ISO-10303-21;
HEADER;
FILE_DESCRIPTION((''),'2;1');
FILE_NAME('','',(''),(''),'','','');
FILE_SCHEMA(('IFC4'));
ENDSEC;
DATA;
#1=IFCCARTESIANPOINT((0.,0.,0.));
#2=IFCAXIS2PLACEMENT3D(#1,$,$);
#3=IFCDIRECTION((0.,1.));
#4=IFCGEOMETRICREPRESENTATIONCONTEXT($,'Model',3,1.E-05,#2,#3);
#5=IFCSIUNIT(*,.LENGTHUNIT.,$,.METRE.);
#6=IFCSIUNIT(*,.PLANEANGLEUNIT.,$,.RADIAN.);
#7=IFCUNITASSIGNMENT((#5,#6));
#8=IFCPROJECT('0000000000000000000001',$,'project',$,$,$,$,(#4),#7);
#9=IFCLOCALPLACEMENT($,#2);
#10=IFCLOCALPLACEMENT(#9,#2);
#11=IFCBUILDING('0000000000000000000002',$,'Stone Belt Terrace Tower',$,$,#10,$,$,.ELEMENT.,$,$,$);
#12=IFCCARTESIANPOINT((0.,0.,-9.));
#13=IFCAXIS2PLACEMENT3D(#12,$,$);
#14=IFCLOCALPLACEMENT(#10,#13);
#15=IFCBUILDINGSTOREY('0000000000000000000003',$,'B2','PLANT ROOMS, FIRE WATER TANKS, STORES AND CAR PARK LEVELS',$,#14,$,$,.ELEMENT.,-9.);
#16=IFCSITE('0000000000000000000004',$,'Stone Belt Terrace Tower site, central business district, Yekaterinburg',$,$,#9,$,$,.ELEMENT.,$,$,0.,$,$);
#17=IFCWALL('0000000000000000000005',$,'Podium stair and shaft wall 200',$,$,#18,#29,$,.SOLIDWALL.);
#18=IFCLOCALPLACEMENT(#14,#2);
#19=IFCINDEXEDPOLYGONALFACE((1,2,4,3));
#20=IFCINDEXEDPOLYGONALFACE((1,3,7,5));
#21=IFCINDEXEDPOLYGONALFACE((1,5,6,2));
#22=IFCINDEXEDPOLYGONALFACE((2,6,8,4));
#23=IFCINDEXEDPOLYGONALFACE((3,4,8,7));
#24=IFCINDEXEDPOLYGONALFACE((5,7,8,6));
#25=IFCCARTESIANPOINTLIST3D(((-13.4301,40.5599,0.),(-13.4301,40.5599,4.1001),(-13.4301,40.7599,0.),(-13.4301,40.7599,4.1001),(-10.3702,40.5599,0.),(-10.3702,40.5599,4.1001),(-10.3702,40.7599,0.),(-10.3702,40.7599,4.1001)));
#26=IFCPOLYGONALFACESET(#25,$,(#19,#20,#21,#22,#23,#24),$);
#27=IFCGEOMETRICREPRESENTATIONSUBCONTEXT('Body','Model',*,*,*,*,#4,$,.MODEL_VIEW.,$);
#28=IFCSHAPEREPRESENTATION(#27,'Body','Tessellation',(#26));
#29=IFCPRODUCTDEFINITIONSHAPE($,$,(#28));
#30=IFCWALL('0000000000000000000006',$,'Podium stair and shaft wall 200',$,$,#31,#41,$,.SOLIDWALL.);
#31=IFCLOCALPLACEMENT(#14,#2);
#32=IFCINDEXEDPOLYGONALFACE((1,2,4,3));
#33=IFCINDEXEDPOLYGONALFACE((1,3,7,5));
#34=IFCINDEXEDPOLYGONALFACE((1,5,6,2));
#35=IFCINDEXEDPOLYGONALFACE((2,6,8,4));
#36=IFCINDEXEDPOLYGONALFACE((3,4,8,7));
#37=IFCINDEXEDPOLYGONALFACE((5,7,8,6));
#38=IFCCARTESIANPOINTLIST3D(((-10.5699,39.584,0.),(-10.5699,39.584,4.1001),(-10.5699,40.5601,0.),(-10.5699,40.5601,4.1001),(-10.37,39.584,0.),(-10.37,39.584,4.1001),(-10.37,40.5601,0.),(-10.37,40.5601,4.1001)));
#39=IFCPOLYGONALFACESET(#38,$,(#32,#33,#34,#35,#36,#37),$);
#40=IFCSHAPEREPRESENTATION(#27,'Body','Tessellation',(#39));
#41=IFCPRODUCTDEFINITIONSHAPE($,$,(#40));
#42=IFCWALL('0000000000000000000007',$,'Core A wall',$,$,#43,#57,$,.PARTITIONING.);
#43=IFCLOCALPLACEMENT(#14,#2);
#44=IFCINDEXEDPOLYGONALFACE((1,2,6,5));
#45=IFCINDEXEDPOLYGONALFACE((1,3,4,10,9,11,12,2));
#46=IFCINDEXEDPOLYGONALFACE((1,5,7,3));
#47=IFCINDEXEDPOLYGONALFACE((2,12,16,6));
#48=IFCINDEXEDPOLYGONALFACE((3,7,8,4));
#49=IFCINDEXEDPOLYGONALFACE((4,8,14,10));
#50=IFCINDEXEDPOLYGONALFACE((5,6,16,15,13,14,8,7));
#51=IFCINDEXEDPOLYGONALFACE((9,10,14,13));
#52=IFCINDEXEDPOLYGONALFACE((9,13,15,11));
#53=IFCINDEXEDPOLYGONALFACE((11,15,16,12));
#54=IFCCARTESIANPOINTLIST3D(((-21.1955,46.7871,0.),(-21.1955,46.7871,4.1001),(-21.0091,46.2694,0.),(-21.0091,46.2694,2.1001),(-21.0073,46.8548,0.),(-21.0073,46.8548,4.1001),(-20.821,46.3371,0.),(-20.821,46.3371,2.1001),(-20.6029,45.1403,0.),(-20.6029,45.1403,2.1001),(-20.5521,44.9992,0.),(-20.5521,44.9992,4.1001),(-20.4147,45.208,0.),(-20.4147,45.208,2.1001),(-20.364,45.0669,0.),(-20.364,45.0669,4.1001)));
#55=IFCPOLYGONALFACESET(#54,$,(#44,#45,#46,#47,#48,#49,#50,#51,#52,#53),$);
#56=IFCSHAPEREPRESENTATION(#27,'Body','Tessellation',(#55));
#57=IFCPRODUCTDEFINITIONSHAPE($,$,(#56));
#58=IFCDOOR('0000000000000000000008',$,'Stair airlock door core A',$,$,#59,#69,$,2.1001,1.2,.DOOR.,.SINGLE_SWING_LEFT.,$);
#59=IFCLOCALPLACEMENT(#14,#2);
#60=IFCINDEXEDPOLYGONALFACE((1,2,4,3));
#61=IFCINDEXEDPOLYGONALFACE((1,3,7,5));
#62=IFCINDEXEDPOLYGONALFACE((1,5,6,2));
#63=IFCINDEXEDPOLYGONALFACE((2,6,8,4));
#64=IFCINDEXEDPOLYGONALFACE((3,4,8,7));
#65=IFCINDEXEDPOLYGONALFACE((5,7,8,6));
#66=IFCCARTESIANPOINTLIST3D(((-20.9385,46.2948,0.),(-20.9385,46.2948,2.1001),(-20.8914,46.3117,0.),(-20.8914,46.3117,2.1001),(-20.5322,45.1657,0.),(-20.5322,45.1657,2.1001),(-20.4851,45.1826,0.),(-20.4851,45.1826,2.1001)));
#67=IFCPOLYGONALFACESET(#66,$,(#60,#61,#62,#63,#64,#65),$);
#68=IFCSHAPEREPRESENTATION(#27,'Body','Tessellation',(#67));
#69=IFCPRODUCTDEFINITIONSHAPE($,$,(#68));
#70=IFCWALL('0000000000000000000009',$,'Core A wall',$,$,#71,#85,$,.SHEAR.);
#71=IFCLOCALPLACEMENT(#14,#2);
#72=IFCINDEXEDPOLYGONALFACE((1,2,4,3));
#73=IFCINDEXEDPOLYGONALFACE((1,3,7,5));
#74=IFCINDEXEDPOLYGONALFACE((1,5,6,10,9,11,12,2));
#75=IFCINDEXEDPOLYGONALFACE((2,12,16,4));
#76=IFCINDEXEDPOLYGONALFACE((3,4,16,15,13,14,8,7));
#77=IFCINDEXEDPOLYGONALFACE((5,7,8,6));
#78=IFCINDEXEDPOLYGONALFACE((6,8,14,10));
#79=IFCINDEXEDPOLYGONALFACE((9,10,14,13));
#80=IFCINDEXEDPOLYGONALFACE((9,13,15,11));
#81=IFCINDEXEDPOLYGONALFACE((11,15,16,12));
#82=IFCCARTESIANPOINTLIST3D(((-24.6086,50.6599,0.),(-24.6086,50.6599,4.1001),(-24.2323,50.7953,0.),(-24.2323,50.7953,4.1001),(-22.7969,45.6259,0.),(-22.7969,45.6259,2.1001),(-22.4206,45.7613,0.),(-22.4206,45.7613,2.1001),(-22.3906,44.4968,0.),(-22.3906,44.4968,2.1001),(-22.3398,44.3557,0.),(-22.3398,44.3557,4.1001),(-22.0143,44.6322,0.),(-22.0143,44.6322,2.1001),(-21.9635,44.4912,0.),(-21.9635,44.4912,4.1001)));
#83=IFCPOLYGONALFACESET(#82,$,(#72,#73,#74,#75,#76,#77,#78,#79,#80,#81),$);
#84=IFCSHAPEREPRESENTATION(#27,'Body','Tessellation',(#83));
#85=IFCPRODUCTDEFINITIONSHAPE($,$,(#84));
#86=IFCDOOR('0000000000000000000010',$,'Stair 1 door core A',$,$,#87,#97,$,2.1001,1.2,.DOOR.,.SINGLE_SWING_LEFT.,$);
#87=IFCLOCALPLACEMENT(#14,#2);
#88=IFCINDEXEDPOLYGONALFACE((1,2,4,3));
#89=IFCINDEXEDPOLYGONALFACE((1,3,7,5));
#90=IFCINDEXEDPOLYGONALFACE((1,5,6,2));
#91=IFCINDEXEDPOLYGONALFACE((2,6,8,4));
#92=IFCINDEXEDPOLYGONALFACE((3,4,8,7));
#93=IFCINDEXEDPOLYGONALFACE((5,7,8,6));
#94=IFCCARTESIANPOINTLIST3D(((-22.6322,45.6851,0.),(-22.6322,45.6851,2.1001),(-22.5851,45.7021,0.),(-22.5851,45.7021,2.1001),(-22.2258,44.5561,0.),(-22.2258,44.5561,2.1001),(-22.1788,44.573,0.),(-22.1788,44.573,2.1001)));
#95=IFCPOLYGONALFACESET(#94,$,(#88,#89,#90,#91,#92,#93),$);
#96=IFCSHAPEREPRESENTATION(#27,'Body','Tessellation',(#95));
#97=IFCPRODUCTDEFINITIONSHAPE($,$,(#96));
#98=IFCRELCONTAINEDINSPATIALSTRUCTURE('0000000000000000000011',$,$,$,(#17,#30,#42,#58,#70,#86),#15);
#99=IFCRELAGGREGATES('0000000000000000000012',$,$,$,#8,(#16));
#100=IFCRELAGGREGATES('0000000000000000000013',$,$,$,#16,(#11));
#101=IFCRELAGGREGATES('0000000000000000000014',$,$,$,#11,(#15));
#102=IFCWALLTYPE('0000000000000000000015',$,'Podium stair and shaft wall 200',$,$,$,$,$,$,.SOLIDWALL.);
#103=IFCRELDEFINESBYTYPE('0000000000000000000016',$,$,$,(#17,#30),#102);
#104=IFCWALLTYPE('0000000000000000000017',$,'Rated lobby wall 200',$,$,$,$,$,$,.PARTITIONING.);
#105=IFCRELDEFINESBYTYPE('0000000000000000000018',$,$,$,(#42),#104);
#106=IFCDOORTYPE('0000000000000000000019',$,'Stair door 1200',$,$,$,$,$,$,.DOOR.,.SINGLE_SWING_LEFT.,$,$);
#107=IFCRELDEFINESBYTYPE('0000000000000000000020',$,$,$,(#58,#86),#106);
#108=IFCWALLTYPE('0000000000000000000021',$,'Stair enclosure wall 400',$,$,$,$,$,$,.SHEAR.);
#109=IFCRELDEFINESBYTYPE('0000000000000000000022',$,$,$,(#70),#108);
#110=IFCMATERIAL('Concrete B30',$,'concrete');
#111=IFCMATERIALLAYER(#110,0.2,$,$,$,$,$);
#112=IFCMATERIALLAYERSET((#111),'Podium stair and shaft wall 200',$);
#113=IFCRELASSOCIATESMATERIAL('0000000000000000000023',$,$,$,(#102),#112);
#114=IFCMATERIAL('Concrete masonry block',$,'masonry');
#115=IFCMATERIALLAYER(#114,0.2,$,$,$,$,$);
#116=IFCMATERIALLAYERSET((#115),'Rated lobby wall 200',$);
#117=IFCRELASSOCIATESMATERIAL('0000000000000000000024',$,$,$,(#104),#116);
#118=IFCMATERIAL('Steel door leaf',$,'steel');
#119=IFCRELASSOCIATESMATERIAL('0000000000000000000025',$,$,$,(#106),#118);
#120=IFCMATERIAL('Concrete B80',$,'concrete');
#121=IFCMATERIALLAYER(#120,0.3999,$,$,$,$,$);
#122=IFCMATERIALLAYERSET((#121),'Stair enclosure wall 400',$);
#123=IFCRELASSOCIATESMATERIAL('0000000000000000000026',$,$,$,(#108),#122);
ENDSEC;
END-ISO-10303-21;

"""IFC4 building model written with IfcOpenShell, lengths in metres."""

from ifc_helpers import new_model, si_unit, direction, frame, frame_2d, origin, place, context, subcontext, project, spatial, rectangle, extrude, material, layer, layer_set, type_object, element, fill, save


model = new_model("IFC4")

# Units and contexts
model_context = context("Model", 3, precision=1e-05, world=origin(), true_north=direction((0.0, 1.0)))
body_context = subcontext(model_context, "Body", "Model", "MODEL_VIEW")
ifc_project = project(units=[si_unit("LENGTHUNIT", "METRE"), si_unit("PLANEANGLEUNIT", "RADIAN")], contexts=[model_context])

# Site, building, storey
site_placement = place(None, origin())
site = spatial("IfcSite", under=ifc_project, at=site_placement, Name="Stone Belt Terrace Tower site, central business district, Yekaterinburg", CompositionType="ELEMENT", RefElevation=0.0)
building_placement = place(site_placement, origin())
building = spatial("IfcBuilding", under=site, at=building_placement, Name="Stone Belt Terrace Tower", CompositionType="ELEMENT")
storey_placement = place(building_placement, frame((0.0, 0.0, -9.0)))
storey = spatial("IfcBuildingStorey", under=building, at=storey_placement, Name="B2", Description="PLANT ROOMS, FIRE WATER TANKS, STORES AND CAR PARK LEVELS", CompositionType="ELEMENT", Elevation=-9.0)

# Shared definitions
ifc_material_1 = material(Name="Concrete B80", Category="concrete")

# Shared definitions
ifc_material_2 = material(Name="Concrete B30", Category="concrete")

# Walls
ifc_layer_1 = layer(ifc_material_2, 0.2)
ifc_layer_set_1 = layer_set([ifc_layer_1], Name="Podium stair and shaft wall 200")
wall_type_1 = type_object("IfcWallType", Name="Podium stair and shaft wall 200", PredefinedType="SOLIDWALL", material=ifc_layer_set_1)
wall_1_placement = place(storey_placement, frame((-13.4299, 40.6599, 0.0), z_axis=(0.0, 0.0, 1.0), x_axis=(1.0, 0.0, 0.0)))
element("IfcWall", 1, at=wall_1_placement, inside=storey, type_object=wall_type_1, Name="Podium stair and shaft wall 200", PredefinedType="SOLIDWALL", context=body_context, shape_type="SweptSolid", body=[
    extrude(rectangle(XDim=3.0598, YDim=0.2, at=frame_2d((1.5298, 0.0))), origin(), (0.0, 0.0, 1.0), 4.1001),
])
wall_2_placement = place(storey_placement, frame((-10.47, 39.584, 0.0), z_axis=(0.0, 0.0, 1.0), x_axis=(0.0, 1.0, 0.0)))
element("IfcWall", 2, at=wall_2_placement, inside=storey, type_object=wall_type_1, Name="Podium stair and shaft wall 200", PredefinedType="SOLIDWALL", context=body_context, shape_type="SweptSolid", body=[
    extrude(rectangle(XDim=0.9761, YDim=0.2, at=frame_2d((0.488, 0.0))), origin(), (0.0, 0.0, 1.0), 4.1001),
])

# Walls, openings, doors
ifc_material_3 = material(Name="Concrete masonry block", Category="masonry")
ifc_layer_2 = layer(ifc_material_3, 0.2)
ifc_layer_set_2 = layer_set([ifc_layer_2], Name="Rated lobby wall 200")
wall_type_2 = type_object("IfcWallType", Name="Rated lobby wall 200", PredefinedType="PARTITIONING", material=ifc_layer_set_2)
wall_3_placement = place(storey_placement, frame((-20.458, 45.033, 0.0), z_axis=(0.0, 0.0, 1.0), x_axis=(-0.338574, 0.94094, 0.0)))
wall_3 = element("IfcWall", 3, at=wall_3_placement, inside=storey, type_object=wall_type_2, Name="Core A wall", PredefinedType="PARTITIONING", context=body_context, shape_type="SweptSolid", body=[
    extrude(rectangle(XDim=1.9001, YDim=0.2, at=frame_2d((0.9502, 0.0))), origin(), (0.0, 0.0, 1.0), 4.1001),
])
opening_1_placement = place(wall_3_placement, frame((0.1499, 0.0, 0.0)))
opening_1 = element("IfcOpeningElement", 4, at=opening_1_placement, cuts=wall_3, PredefinedType="OPENING", context=body_context, shape_type="SweptSolid", body=[
    extrude(rectangle(XDim=1.2, YDim=2.1001, at=frame_2d((0.6001, 1.05))), frame((0.0, 0.1099, 0.0), z_axis=(0.0, -1.0, 0.0), x_axis=(1.0, 0.0, 0.0)), (0.0, 0.0, 1.0), 0.22),
])
ifc_material_4 = material(Name="Steel door leaf", Category="steel")
door_type_1 = type_object("IfcDoorType", Name="Stair door 1200", OperationType="SINGLE_SWING_LEFT", PredefinedType="DOOR", material=ifc_material_4)
door_1_placement = place(opening_1_placement, origin())
door_1 = element("IfcDoor", 5, at=door_1_placement, inside=storey, type_object=door_type_1, Name="Stair airlock door core A", OperationType="SINGLE_SWING_LEFT", OverallHeight=2.1001, OverallWidth=1.2, PredefinedType="DOOR", context=body_context, shape_type="SweptSolid", body=[
    extrude(rectangle(XDim=1.2, YDim=2.1001, at=frame_2d((0.6001, 1.05))), frame((0.0, 0.0249, 0.0), z_axis=(0.0, -1.0, 0.0), x_axis=(1.0, 0.0, 0.0)), (0.0, 0.0, 1.0), 0.05),
])
fill(opening_1, door_1)
ifc_layer_3 = layer(ifc_material_1, 0.3999)
ifc_layer_set_3 = layer_set([ifc_layer_3], Name="Stair enclosure wall 400")
wall_type_3 = type_object("IfcWallType", Name="Stair enclosure wall 400", PredefinedType="SHEAR", material=ifc_layer_set_3)
wall_4_placement = place(storey_placement, frame((-22.1516, 44.4233, 0.0), z_axis=(0.0, 0.0, 1.0), x_axis=(-0.338625, 0.940921, 0.0)))
wall_4 = element("IfcWall", 6, at=wall_4_placement, inside=storey, type_object=wall_type_3, Name="Core A wall", PredefinedType="SHEAR", context=body_context, shape_type="SweptSolid", body=[
    extrude(rectangle(XDim=6.7, YDim=0.3999, at=frame_2d((3.3501, 0.0))), origin(), (0.0, 0.0, 1.0), 4.1001),
])
opening_2_placement = place(wall_4_placement, frame((0.1499, 0.0, 0.0)))
opening_2 = element("IfcOpeningElement", 7, at=opening_2_placement, cuts=wall_4, PredefinedType="OPENING", context=body_context, shape_type="SweptSolid", body=[
    extrude(rectangle(XDim=1.2, YDim=2.1001, at=frame_2d((0.6001, 1.05))), frame((0.0, 0.21, 0.0), z_axis=(0.0, -1.0, 0.0), x_axis=(1.0, 0.0, 0.0)), (0.0, 0.0, 1.0), 0.4199),
])
door_2_placement = place(opening_2_placement, origin())
door_2 = element("IfcDoor", 8, at=door_2_placement, inside=storey, type_object=door_type_1, Name="Stair 1 door core A", OperationType="SINGLE_SWING_LEFT", OverallHeight=2.1001, OverallWidth=1.2, PredefinedType="DOOR", context=body_context, shape_type="SweptSolid", body=[
    extrude(rectangle(XDim=1.2, YDim=2.1001, at=frame_2d((0.6001, 1.05))), frame((0.0, 0.0249, 0.0), z_axis=(0.0, -1.0, 0.0), x_axis=(1.0, 0.0, 0.0)), (0.0, 0.0, 1.0), 0.05),
])
fill(opening_2, door_2)

save(model, "model.ifc")
